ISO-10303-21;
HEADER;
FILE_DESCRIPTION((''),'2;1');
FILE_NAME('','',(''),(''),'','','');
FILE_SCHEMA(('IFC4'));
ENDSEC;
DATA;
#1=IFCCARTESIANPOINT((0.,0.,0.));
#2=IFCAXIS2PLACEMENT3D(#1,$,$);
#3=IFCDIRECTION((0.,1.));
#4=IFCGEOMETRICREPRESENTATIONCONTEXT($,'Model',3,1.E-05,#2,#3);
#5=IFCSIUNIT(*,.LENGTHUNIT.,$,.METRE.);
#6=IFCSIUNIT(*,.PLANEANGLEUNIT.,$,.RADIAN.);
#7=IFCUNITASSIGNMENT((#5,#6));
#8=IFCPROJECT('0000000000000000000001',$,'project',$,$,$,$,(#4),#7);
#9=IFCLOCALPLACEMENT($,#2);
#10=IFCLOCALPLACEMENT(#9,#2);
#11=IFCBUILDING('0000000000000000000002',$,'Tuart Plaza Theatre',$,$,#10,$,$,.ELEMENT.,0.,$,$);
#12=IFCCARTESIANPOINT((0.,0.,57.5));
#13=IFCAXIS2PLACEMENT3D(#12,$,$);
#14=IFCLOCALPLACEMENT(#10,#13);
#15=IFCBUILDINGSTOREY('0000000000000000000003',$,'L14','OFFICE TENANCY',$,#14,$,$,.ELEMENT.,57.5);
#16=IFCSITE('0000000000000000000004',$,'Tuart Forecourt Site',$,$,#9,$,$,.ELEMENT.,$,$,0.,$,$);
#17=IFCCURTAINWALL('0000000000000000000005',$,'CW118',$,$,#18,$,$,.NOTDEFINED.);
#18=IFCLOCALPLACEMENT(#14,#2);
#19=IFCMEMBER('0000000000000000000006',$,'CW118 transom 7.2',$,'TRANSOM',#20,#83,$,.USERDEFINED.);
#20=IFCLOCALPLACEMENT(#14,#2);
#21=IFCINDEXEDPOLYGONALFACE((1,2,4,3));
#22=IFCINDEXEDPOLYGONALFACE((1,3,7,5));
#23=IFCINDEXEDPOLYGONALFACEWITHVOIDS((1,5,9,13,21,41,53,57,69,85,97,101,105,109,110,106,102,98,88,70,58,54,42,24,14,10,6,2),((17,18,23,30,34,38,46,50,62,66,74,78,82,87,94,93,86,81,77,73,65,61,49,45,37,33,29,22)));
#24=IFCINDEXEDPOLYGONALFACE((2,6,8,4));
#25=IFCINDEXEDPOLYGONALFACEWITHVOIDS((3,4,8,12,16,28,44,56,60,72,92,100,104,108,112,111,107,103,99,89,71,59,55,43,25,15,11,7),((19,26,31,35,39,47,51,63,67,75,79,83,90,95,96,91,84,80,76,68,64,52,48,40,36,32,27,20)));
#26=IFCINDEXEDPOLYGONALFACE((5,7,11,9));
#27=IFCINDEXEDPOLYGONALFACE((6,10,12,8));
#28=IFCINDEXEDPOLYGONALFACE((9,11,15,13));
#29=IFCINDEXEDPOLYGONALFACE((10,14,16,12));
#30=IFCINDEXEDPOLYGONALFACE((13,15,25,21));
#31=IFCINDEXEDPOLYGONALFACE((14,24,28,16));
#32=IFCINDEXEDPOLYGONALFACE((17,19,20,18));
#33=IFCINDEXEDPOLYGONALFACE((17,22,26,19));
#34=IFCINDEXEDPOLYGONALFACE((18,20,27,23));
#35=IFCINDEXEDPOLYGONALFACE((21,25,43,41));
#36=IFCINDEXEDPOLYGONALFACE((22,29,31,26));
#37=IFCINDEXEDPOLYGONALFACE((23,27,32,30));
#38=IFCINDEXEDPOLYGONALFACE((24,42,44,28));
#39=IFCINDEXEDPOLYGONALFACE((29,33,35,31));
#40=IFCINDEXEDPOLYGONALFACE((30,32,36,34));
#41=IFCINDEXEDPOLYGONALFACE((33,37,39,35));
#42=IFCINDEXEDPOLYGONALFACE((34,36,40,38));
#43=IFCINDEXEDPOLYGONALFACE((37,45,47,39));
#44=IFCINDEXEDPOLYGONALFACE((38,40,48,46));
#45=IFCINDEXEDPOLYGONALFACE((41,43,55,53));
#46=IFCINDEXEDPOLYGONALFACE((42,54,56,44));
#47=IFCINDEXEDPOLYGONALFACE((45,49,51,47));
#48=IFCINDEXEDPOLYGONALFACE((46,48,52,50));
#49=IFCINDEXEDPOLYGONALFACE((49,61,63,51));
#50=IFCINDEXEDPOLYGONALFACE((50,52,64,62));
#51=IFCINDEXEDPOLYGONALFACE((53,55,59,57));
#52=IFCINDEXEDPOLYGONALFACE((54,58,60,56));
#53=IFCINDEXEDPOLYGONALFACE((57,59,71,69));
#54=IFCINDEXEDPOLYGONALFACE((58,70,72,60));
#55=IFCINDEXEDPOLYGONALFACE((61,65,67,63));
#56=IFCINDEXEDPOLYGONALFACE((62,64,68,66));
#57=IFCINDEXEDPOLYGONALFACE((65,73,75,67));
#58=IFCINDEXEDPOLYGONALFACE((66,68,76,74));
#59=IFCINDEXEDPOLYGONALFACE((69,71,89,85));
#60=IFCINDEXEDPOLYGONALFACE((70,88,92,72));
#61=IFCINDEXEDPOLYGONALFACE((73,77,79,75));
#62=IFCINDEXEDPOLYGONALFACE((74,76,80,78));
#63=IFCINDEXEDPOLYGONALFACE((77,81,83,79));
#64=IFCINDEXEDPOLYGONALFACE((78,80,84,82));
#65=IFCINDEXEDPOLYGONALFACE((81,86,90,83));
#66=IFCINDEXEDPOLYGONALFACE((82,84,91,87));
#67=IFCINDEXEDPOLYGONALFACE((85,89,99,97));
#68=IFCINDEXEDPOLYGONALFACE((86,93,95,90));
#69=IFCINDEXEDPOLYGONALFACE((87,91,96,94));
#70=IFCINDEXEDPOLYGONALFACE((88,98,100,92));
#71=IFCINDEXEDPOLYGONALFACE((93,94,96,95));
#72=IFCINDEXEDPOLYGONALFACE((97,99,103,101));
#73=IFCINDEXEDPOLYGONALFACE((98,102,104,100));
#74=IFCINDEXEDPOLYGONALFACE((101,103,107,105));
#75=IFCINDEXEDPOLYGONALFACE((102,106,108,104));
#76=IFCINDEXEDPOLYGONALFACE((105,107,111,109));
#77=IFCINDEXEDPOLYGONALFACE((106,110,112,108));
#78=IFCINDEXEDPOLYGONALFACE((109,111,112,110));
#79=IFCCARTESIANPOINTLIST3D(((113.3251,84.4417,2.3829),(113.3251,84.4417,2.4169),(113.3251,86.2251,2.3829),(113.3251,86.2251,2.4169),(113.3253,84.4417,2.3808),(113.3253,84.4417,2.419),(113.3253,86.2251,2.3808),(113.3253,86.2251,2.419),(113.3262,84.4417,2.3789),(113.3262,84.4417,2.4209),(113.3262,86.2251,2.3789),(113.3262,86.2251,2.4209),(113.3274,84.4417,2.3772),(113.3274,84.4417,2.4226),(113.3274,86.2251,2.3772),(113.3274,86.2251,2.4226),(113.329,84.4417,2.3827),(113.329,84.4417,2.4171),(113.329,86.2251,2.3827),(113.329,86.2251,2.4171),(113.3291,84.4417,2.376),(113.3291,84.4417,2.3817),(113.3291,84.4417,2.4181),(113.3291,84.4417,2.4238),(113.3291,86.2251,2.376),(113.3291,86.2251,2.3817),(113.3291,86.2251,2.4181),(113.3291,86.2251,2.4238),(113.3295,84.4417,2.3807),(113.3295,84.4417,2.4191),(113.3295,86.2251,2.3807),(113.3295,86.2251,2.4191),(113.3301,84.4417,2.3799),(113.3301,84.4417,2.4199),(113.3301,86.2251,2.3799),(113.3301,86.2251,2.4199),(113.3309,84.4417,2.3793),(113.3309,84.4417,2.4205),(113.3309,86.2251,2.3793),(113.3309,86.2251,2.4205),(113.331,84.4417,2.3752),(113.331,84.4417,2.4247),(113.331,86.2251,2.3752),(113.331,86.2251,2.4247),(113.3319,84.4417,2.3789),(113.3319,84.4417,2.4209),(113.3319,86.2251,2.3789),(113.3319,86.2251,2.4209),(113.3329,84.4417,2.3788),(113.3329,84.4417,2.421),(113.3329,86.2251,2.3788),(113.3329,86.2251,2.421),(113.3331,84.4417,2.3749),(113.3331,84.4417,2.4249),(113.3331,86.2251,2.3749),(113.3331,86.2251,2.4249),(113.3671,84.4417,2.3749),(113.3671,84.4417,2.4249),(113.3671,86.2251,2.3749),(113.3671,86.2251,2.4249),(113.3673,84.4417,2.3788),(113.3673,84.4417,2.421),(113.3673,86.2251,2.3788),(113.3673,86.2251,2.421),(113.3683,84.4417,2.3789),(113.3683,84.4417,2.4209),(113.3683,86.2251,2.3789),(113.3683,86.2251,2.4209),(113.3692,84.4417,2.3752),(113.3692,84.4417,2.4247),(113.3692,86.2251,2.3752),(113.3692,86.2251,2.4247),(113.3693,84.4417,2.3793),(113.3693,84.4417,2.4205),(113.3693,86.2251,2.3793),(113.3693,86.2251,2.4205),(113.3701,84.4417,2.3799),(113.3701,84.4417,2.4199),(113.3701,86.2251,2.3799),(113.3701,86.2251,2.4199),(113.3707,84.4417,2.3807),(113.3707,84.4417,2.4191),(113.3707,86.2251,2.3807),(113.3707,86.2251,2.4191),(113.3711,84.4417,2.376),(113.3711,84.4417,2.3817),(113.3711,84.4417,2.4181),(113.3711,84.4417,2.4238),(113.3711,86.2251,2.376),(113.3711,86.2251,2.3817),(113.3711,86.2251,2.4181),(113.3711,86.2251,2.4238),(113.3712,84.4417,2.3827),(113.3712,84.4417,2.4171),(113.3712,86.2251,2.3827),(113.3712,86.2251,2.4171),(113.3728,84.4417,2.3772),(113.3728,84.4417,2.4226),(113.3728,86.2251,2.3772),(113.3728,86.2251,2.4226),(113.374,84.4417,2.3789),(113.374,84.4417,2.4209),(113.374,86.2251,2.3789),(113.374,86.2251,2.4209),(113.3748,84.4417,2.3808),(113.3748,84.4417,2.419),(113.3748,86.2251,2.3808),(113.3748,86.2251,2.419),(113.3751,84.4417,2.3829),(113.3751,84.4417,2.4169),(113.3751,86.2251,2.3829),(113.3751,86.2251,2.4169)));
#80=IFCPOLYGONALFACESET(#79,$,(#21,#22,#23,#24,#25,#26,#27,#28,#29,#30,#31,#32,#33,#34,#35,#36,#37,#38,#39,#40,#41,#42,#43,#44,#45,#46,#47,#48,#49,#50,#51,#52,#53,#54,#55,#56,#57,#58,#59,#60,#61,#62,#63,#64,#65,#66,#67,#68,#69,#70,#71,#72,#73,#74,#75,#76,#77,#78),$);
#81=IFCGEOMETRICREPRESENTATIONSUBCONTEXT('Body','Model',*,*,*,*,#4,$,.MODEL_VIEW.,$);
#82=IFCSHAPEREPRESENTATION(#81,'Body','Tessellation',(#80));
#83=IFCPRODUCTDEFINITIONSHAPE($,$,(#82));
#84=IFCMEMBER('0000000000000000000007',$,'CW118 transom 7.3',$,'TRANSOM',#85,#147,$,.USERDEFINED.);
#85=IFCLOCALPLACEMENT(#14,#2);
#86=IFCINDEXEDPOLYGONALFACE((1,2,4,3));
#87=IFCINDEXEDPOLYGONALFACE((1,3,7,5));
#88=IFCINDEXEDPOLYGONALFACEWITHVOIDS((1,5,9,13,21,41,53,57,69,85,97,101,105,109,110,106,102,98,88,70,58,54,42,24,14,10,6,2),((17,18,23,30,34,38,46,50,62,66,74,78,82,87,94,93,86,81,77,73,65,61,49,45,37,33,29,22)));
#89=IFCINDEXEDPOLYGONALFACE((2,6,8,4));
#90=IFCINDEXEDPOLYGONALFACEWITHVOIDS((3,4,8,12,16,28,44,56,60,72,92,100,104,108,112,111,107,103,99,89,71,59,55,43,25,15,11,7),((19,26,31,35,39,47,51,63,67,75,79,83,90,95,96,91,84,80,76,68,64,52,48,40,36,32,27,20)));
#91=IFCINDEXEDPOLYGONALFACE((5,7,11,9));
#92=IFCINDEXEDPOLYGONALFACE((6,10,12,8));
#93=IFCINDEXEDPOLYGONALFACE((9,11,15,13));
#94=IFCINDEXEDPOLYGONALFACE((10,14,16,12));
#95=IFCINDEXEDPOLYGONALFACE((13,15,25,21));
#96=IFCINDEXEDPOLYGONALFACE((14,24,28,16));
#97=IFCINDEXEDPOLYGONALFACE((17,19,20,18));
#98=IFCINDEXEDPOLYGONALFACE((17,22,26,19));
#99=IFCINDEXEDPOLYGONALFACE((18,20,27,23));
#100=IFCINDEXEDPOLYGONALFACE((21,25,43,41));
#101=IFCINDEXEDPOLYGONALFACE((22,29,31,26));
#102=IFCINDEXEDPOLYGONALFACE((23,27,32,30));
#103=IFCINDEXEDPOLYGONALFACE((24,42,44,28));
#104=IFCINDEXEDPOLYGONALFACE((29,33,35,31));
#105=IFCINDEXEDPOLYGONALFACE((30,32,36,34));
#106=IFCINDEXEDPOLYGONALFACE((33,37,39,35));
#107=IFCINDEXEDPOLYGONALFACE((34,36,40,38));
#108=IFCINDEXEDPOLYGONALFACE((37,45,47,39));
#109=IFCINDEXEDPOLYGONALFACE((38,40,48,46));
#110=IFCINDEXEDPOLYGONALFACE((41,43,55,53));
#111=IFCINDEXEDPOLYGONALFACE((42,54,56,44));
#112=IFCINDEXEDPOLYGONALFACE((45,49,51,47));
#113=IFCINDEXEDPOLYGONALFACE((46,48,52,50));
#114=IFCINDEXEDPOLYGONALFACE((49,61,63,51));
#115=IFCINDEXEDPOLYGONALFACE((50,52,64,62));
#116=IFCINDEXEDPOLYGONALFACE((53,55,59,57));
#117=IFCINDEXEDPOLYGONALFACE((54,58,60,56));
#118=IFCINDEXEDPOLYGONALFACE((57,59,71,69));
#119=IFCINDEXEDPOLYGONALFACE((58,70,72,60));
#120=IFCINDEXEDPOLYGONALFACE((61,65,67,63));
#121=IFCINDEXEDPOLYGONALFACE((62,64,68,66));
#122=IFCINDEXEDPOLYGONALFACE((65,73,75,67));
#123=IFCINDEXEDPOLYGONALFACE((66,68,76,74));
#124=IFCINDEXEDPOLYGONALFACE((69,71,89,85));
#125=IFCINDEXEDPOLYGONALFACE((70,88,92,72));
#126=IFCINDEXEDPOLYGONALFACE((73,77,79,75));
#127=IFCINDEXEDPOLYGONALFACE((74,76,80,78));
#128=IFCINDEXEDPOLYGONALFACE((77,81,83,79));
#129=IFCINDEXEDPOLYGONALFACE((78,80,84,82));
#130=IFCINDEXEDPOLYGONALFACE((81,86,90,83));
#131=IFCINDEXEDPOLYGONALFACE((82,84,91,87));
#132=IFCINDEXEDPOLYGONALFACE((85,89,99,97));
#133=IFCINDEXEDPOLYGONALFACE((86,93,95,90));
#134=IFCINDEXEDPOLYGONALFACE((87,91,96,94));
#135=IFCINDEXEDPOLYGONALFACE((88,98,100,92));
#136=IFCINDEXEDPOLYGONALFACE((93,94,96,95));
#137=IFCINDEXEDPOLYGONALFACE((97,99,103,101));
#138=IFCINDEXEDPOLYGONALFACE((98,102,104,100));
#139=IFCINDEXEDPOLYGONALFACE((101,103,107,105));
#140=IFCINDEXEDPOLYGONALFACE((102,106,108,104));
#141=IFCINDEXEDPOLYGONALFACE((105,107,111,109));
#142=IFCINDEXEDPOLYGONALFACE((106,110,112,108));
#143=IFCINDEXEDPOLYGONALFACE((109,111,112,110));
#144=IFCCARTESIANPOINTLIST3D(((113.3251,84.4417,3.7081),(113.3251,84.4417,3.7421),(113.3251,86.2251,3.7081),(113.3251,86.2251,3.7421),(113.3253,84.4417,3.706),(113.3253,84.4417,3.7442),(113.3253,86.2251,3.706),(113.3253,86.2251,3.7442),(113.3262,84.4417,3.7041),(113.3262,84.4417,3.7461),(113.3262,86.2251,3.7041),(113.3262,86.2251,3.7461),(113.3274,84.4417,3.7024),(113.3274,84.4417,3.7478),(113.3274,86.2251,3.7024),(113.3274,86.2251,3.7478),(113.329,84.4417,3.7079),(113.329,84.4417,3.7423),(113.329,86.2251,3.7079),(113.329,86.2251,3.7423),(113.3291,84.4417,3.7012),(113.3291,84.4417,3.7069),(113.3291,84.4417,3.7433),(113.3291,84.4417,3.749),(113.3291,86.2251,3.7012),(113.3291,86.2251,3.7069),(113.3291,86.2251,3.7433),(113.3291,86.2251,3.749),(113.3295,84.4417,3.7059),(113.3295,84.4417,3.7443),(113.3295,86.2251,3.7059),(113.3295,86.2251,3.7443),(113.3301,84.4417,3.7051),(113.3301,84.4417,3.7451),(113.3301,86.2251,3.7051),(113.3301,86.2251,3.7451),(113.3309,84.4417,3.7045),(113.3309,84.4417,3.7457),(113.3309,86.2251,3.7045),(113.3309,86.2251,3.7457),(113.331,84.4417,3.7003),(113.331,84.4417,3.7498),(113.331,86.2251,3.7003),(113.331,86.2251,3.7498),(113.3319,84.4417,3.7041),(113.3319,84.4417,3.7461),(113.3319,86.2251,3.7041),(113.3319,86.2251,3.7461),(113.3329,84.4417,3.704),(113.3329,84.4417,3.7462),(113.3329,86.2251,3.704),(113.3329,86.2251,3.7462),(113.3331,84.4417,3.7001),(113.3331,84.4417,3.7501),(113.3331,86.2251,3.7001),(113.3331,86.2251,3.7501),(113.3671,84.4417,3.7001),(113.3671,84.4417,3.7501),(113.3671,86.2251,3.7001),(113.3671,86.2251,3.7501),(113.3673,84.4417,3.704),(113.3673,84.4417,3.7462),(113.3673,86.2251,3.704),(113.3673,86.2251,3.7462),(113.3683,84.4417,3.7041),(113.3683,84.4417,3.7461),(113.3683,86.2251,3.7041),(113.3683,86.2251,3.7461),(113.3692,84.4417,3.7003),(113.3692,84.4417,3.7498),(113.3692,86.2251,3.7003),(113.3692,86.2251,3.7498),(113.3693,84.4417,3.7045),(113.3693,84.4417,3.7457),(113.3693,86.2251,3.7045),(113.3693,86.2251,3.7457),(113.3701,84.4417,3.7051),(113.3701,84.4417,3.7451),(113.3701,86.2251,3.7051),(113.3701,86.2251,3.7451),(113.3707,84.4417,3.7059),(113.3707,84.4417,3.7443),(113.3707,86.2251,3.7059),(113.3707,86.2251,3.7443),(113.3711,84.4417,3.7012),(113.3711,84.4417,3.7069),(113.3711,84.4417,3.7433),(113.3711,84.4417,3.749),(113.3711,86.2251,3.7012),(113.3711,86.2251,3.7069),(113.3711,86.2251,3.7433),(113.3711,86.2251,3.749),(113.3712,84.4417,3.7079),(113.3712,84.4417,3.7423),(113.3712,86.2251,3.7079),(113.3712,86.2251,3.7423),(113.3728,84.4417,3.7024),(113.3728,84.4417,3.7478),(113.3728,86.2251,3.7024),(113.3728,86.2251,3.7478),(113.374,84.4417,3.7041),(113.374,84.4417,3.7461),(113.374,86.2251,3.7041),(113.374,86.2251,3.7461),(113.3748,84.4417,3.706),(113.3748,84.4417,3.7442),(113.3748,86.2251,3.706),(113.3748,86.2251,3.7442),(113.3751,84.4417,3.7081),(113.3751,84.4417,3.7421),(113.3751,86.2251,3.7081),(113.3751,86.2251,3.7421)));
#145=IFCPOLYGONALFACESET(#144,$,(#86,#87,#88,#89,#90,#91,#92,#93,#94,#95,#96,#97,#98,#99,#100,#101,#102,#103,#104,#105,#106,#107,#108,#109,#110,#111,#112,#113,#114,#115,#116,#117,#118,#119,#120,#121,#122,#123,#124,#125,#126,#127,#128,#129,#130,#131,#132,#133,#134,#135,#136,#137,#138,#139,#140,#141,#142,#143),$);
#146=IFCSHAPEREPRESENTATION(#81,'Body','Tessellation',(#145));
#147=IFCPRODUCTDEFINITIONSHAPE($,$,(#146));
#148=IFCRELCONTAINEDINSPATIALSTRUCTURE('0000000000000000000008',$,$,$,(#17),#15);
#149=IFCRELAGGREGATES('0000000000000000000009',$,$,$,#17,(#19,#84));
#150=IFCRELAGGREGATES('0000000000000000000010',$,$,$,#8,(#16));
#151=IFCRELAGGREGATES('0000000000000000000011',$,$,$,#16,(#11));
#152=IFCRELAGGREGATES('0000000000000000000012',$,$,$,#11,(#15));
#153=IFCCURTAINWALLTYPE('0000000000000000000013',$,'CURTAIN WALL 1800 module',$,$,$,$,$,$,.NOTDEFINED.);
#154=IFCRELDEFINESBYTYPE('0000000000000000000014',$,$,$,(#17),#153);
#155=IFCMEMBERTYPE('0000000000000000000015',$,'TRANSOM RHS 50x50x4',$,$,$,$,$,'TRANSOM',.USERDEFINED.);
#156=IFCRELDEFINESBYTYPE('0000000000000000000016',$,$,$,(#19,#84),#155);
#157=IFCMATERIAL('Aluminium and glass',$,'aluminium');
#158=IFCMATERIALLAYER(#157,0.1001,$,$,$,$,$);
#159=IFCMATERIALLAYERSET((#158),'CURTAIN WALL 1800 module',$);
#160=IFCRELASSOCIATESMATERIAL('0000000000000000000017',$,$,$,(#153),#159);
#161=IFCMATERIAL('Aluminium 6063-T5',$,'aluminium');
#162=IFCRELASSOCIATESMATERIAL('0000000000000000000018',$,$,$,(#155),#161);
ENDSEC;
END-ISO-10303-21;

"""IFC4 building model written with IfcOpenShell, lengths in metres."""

from ifc_helpers import new_model, si_unit, direction, frame, origin, origin_2d, place, context, subcontext, project, spatial, hollow_rectangle, extrude, material, layer, layer_set, material_profile, profile_set, type_object, element, aggregate, save


model = new_model("IFC4")

# Units and contexts
model_context = context("Model", 3, precision=1e-05, world=origin(), true_north=direction((0.0, 1.0)))
body_context = subcontext(model_context, "Body", "Model", "MODEL_VIEW")
ifc_project = project(units=[si_unit("LENGTHUNIT", "METRE"), si_unit("PLANEANGLEUNIT", "RADIAN")], contexts=[model_context])

# Site, building, storey
site_placement = place(None, origin())
site = spatial("IfcSite", under=ifc_project, at=site_placement, Name="Tuart Forecourt Site", CompositionType="ELEMENT", RefElevation=0.0)
building_placement = place(site_placement, origin())
building = spatial("IfcBuilding", under=site, at=building_placement, Name="Tuart Plaza Theatre", CompositionType="ELEMENT", ElevationOfRefHeight=0.0)
storey_placement = place(building_placement, frame((0.0, 0.0, 57.5)))
storey = spatial("IfcBuildingStorey", under=building, at=storey_placement, Name="L14", Description="OFFICE TENANCY", CompositionType="ELEMENT", Elevation=57.5)

# Curtain wall, members
ifc_material_1 = material(Name="Aluminium and glass", Category="aluminium")
ifc_layer_1 = layer(ifc_material_1, 0.1001)
ifc_layer_set_1 = layer_set([ifc_layer_1], Name="CURTAIN WALL 1800 module")
curtain_wall_type = type_object("IfcCurtainWallType", Name="CURTAIN WALL 1800 module", PredefinedType="NOTDEFINED", material=ifc_layer_set_1)
curtain_wall_placement = place(storey_placement, origin())
curtain_wall = element("IfcCurtainWall", 1, at=curtain_wall_placement, inside=storey, type_object=curtain_wall_type, Name="CW118", PredefinedType="NOTDEFINED")
ifc_material_2 = material(Name="Aluminium 6063-T5", Category="aluminium")
ifc_material_profile = material_profile(ifc_material_2, hollow_rectangle(XDim=0.05, YDim=0.05, WallThickness=0.0039, InnerFilletRadius=0.0039, OuterFilletRadius=0.0081, at=origin_2d()), Name="RHS 50x50x4")
ifc_profile_set = profile_set([ifc_material_profile], Name="Aluminium 6063-T5")
member_type = type_object("IfcMemberType", Name="TRANSOM RHS 50x50x4", ElementType="TRANSOM", PredefinedType="USERDEFINED", material=ifc_profile_set)
member_1_placement = place(storey_placement, frame((113.3501, 86.2251, 2.3999), z_axis=(0.0, -1.0, 0.0), x_axis=(1.0, 0.0, 0.0)))
member_1 = element("IfcMember", 2, at=member_1_placement, type_object=member_type, Name="CW118 transom 7.2", ObjectType="TRANSOM", PredefinedType="USERDEFINED", context=body_context, shape_type="SweptSolid", body=[
    extrude(hollow_rectangle(XDim=0.05, YDim=0.05, WallThickness=0.0039, InnerFilletRadius=0.0039, OuterFilletRadius=0.0081, at=origin_2d()), origin(), (0.0, 0.0, 1.0), 1.7834),
])
member_2_placement = place(storey_placement, frame((113.3501, 86.2251, 3.7251), z_axis=(0.0, -1.0, 0.0), x_axis=(1.0, 0.0, 0.0)))
member_2 = element("IfcMember", 3, at=member_2_placement, type_object=member_type, Name="CW118 transom 7.3", ObjectType="TRANSOM", PredefinedType="USERDEFINED", context=body_context, shape_type="SweptSolid", body=[
    extrude(hollow_rectangle(XDim=0.05, YDim=0.05, WallThickness=0.0039, InnerFilletRadius=0.0039, OuterFilletRadius=0.0081, at=origin_2d()), origin(), (0.0, 0.0, 1.0), 1.7834),
])
aggregate(curtain_wall, [member_1, member_2])

save(model, "model.ifc")
